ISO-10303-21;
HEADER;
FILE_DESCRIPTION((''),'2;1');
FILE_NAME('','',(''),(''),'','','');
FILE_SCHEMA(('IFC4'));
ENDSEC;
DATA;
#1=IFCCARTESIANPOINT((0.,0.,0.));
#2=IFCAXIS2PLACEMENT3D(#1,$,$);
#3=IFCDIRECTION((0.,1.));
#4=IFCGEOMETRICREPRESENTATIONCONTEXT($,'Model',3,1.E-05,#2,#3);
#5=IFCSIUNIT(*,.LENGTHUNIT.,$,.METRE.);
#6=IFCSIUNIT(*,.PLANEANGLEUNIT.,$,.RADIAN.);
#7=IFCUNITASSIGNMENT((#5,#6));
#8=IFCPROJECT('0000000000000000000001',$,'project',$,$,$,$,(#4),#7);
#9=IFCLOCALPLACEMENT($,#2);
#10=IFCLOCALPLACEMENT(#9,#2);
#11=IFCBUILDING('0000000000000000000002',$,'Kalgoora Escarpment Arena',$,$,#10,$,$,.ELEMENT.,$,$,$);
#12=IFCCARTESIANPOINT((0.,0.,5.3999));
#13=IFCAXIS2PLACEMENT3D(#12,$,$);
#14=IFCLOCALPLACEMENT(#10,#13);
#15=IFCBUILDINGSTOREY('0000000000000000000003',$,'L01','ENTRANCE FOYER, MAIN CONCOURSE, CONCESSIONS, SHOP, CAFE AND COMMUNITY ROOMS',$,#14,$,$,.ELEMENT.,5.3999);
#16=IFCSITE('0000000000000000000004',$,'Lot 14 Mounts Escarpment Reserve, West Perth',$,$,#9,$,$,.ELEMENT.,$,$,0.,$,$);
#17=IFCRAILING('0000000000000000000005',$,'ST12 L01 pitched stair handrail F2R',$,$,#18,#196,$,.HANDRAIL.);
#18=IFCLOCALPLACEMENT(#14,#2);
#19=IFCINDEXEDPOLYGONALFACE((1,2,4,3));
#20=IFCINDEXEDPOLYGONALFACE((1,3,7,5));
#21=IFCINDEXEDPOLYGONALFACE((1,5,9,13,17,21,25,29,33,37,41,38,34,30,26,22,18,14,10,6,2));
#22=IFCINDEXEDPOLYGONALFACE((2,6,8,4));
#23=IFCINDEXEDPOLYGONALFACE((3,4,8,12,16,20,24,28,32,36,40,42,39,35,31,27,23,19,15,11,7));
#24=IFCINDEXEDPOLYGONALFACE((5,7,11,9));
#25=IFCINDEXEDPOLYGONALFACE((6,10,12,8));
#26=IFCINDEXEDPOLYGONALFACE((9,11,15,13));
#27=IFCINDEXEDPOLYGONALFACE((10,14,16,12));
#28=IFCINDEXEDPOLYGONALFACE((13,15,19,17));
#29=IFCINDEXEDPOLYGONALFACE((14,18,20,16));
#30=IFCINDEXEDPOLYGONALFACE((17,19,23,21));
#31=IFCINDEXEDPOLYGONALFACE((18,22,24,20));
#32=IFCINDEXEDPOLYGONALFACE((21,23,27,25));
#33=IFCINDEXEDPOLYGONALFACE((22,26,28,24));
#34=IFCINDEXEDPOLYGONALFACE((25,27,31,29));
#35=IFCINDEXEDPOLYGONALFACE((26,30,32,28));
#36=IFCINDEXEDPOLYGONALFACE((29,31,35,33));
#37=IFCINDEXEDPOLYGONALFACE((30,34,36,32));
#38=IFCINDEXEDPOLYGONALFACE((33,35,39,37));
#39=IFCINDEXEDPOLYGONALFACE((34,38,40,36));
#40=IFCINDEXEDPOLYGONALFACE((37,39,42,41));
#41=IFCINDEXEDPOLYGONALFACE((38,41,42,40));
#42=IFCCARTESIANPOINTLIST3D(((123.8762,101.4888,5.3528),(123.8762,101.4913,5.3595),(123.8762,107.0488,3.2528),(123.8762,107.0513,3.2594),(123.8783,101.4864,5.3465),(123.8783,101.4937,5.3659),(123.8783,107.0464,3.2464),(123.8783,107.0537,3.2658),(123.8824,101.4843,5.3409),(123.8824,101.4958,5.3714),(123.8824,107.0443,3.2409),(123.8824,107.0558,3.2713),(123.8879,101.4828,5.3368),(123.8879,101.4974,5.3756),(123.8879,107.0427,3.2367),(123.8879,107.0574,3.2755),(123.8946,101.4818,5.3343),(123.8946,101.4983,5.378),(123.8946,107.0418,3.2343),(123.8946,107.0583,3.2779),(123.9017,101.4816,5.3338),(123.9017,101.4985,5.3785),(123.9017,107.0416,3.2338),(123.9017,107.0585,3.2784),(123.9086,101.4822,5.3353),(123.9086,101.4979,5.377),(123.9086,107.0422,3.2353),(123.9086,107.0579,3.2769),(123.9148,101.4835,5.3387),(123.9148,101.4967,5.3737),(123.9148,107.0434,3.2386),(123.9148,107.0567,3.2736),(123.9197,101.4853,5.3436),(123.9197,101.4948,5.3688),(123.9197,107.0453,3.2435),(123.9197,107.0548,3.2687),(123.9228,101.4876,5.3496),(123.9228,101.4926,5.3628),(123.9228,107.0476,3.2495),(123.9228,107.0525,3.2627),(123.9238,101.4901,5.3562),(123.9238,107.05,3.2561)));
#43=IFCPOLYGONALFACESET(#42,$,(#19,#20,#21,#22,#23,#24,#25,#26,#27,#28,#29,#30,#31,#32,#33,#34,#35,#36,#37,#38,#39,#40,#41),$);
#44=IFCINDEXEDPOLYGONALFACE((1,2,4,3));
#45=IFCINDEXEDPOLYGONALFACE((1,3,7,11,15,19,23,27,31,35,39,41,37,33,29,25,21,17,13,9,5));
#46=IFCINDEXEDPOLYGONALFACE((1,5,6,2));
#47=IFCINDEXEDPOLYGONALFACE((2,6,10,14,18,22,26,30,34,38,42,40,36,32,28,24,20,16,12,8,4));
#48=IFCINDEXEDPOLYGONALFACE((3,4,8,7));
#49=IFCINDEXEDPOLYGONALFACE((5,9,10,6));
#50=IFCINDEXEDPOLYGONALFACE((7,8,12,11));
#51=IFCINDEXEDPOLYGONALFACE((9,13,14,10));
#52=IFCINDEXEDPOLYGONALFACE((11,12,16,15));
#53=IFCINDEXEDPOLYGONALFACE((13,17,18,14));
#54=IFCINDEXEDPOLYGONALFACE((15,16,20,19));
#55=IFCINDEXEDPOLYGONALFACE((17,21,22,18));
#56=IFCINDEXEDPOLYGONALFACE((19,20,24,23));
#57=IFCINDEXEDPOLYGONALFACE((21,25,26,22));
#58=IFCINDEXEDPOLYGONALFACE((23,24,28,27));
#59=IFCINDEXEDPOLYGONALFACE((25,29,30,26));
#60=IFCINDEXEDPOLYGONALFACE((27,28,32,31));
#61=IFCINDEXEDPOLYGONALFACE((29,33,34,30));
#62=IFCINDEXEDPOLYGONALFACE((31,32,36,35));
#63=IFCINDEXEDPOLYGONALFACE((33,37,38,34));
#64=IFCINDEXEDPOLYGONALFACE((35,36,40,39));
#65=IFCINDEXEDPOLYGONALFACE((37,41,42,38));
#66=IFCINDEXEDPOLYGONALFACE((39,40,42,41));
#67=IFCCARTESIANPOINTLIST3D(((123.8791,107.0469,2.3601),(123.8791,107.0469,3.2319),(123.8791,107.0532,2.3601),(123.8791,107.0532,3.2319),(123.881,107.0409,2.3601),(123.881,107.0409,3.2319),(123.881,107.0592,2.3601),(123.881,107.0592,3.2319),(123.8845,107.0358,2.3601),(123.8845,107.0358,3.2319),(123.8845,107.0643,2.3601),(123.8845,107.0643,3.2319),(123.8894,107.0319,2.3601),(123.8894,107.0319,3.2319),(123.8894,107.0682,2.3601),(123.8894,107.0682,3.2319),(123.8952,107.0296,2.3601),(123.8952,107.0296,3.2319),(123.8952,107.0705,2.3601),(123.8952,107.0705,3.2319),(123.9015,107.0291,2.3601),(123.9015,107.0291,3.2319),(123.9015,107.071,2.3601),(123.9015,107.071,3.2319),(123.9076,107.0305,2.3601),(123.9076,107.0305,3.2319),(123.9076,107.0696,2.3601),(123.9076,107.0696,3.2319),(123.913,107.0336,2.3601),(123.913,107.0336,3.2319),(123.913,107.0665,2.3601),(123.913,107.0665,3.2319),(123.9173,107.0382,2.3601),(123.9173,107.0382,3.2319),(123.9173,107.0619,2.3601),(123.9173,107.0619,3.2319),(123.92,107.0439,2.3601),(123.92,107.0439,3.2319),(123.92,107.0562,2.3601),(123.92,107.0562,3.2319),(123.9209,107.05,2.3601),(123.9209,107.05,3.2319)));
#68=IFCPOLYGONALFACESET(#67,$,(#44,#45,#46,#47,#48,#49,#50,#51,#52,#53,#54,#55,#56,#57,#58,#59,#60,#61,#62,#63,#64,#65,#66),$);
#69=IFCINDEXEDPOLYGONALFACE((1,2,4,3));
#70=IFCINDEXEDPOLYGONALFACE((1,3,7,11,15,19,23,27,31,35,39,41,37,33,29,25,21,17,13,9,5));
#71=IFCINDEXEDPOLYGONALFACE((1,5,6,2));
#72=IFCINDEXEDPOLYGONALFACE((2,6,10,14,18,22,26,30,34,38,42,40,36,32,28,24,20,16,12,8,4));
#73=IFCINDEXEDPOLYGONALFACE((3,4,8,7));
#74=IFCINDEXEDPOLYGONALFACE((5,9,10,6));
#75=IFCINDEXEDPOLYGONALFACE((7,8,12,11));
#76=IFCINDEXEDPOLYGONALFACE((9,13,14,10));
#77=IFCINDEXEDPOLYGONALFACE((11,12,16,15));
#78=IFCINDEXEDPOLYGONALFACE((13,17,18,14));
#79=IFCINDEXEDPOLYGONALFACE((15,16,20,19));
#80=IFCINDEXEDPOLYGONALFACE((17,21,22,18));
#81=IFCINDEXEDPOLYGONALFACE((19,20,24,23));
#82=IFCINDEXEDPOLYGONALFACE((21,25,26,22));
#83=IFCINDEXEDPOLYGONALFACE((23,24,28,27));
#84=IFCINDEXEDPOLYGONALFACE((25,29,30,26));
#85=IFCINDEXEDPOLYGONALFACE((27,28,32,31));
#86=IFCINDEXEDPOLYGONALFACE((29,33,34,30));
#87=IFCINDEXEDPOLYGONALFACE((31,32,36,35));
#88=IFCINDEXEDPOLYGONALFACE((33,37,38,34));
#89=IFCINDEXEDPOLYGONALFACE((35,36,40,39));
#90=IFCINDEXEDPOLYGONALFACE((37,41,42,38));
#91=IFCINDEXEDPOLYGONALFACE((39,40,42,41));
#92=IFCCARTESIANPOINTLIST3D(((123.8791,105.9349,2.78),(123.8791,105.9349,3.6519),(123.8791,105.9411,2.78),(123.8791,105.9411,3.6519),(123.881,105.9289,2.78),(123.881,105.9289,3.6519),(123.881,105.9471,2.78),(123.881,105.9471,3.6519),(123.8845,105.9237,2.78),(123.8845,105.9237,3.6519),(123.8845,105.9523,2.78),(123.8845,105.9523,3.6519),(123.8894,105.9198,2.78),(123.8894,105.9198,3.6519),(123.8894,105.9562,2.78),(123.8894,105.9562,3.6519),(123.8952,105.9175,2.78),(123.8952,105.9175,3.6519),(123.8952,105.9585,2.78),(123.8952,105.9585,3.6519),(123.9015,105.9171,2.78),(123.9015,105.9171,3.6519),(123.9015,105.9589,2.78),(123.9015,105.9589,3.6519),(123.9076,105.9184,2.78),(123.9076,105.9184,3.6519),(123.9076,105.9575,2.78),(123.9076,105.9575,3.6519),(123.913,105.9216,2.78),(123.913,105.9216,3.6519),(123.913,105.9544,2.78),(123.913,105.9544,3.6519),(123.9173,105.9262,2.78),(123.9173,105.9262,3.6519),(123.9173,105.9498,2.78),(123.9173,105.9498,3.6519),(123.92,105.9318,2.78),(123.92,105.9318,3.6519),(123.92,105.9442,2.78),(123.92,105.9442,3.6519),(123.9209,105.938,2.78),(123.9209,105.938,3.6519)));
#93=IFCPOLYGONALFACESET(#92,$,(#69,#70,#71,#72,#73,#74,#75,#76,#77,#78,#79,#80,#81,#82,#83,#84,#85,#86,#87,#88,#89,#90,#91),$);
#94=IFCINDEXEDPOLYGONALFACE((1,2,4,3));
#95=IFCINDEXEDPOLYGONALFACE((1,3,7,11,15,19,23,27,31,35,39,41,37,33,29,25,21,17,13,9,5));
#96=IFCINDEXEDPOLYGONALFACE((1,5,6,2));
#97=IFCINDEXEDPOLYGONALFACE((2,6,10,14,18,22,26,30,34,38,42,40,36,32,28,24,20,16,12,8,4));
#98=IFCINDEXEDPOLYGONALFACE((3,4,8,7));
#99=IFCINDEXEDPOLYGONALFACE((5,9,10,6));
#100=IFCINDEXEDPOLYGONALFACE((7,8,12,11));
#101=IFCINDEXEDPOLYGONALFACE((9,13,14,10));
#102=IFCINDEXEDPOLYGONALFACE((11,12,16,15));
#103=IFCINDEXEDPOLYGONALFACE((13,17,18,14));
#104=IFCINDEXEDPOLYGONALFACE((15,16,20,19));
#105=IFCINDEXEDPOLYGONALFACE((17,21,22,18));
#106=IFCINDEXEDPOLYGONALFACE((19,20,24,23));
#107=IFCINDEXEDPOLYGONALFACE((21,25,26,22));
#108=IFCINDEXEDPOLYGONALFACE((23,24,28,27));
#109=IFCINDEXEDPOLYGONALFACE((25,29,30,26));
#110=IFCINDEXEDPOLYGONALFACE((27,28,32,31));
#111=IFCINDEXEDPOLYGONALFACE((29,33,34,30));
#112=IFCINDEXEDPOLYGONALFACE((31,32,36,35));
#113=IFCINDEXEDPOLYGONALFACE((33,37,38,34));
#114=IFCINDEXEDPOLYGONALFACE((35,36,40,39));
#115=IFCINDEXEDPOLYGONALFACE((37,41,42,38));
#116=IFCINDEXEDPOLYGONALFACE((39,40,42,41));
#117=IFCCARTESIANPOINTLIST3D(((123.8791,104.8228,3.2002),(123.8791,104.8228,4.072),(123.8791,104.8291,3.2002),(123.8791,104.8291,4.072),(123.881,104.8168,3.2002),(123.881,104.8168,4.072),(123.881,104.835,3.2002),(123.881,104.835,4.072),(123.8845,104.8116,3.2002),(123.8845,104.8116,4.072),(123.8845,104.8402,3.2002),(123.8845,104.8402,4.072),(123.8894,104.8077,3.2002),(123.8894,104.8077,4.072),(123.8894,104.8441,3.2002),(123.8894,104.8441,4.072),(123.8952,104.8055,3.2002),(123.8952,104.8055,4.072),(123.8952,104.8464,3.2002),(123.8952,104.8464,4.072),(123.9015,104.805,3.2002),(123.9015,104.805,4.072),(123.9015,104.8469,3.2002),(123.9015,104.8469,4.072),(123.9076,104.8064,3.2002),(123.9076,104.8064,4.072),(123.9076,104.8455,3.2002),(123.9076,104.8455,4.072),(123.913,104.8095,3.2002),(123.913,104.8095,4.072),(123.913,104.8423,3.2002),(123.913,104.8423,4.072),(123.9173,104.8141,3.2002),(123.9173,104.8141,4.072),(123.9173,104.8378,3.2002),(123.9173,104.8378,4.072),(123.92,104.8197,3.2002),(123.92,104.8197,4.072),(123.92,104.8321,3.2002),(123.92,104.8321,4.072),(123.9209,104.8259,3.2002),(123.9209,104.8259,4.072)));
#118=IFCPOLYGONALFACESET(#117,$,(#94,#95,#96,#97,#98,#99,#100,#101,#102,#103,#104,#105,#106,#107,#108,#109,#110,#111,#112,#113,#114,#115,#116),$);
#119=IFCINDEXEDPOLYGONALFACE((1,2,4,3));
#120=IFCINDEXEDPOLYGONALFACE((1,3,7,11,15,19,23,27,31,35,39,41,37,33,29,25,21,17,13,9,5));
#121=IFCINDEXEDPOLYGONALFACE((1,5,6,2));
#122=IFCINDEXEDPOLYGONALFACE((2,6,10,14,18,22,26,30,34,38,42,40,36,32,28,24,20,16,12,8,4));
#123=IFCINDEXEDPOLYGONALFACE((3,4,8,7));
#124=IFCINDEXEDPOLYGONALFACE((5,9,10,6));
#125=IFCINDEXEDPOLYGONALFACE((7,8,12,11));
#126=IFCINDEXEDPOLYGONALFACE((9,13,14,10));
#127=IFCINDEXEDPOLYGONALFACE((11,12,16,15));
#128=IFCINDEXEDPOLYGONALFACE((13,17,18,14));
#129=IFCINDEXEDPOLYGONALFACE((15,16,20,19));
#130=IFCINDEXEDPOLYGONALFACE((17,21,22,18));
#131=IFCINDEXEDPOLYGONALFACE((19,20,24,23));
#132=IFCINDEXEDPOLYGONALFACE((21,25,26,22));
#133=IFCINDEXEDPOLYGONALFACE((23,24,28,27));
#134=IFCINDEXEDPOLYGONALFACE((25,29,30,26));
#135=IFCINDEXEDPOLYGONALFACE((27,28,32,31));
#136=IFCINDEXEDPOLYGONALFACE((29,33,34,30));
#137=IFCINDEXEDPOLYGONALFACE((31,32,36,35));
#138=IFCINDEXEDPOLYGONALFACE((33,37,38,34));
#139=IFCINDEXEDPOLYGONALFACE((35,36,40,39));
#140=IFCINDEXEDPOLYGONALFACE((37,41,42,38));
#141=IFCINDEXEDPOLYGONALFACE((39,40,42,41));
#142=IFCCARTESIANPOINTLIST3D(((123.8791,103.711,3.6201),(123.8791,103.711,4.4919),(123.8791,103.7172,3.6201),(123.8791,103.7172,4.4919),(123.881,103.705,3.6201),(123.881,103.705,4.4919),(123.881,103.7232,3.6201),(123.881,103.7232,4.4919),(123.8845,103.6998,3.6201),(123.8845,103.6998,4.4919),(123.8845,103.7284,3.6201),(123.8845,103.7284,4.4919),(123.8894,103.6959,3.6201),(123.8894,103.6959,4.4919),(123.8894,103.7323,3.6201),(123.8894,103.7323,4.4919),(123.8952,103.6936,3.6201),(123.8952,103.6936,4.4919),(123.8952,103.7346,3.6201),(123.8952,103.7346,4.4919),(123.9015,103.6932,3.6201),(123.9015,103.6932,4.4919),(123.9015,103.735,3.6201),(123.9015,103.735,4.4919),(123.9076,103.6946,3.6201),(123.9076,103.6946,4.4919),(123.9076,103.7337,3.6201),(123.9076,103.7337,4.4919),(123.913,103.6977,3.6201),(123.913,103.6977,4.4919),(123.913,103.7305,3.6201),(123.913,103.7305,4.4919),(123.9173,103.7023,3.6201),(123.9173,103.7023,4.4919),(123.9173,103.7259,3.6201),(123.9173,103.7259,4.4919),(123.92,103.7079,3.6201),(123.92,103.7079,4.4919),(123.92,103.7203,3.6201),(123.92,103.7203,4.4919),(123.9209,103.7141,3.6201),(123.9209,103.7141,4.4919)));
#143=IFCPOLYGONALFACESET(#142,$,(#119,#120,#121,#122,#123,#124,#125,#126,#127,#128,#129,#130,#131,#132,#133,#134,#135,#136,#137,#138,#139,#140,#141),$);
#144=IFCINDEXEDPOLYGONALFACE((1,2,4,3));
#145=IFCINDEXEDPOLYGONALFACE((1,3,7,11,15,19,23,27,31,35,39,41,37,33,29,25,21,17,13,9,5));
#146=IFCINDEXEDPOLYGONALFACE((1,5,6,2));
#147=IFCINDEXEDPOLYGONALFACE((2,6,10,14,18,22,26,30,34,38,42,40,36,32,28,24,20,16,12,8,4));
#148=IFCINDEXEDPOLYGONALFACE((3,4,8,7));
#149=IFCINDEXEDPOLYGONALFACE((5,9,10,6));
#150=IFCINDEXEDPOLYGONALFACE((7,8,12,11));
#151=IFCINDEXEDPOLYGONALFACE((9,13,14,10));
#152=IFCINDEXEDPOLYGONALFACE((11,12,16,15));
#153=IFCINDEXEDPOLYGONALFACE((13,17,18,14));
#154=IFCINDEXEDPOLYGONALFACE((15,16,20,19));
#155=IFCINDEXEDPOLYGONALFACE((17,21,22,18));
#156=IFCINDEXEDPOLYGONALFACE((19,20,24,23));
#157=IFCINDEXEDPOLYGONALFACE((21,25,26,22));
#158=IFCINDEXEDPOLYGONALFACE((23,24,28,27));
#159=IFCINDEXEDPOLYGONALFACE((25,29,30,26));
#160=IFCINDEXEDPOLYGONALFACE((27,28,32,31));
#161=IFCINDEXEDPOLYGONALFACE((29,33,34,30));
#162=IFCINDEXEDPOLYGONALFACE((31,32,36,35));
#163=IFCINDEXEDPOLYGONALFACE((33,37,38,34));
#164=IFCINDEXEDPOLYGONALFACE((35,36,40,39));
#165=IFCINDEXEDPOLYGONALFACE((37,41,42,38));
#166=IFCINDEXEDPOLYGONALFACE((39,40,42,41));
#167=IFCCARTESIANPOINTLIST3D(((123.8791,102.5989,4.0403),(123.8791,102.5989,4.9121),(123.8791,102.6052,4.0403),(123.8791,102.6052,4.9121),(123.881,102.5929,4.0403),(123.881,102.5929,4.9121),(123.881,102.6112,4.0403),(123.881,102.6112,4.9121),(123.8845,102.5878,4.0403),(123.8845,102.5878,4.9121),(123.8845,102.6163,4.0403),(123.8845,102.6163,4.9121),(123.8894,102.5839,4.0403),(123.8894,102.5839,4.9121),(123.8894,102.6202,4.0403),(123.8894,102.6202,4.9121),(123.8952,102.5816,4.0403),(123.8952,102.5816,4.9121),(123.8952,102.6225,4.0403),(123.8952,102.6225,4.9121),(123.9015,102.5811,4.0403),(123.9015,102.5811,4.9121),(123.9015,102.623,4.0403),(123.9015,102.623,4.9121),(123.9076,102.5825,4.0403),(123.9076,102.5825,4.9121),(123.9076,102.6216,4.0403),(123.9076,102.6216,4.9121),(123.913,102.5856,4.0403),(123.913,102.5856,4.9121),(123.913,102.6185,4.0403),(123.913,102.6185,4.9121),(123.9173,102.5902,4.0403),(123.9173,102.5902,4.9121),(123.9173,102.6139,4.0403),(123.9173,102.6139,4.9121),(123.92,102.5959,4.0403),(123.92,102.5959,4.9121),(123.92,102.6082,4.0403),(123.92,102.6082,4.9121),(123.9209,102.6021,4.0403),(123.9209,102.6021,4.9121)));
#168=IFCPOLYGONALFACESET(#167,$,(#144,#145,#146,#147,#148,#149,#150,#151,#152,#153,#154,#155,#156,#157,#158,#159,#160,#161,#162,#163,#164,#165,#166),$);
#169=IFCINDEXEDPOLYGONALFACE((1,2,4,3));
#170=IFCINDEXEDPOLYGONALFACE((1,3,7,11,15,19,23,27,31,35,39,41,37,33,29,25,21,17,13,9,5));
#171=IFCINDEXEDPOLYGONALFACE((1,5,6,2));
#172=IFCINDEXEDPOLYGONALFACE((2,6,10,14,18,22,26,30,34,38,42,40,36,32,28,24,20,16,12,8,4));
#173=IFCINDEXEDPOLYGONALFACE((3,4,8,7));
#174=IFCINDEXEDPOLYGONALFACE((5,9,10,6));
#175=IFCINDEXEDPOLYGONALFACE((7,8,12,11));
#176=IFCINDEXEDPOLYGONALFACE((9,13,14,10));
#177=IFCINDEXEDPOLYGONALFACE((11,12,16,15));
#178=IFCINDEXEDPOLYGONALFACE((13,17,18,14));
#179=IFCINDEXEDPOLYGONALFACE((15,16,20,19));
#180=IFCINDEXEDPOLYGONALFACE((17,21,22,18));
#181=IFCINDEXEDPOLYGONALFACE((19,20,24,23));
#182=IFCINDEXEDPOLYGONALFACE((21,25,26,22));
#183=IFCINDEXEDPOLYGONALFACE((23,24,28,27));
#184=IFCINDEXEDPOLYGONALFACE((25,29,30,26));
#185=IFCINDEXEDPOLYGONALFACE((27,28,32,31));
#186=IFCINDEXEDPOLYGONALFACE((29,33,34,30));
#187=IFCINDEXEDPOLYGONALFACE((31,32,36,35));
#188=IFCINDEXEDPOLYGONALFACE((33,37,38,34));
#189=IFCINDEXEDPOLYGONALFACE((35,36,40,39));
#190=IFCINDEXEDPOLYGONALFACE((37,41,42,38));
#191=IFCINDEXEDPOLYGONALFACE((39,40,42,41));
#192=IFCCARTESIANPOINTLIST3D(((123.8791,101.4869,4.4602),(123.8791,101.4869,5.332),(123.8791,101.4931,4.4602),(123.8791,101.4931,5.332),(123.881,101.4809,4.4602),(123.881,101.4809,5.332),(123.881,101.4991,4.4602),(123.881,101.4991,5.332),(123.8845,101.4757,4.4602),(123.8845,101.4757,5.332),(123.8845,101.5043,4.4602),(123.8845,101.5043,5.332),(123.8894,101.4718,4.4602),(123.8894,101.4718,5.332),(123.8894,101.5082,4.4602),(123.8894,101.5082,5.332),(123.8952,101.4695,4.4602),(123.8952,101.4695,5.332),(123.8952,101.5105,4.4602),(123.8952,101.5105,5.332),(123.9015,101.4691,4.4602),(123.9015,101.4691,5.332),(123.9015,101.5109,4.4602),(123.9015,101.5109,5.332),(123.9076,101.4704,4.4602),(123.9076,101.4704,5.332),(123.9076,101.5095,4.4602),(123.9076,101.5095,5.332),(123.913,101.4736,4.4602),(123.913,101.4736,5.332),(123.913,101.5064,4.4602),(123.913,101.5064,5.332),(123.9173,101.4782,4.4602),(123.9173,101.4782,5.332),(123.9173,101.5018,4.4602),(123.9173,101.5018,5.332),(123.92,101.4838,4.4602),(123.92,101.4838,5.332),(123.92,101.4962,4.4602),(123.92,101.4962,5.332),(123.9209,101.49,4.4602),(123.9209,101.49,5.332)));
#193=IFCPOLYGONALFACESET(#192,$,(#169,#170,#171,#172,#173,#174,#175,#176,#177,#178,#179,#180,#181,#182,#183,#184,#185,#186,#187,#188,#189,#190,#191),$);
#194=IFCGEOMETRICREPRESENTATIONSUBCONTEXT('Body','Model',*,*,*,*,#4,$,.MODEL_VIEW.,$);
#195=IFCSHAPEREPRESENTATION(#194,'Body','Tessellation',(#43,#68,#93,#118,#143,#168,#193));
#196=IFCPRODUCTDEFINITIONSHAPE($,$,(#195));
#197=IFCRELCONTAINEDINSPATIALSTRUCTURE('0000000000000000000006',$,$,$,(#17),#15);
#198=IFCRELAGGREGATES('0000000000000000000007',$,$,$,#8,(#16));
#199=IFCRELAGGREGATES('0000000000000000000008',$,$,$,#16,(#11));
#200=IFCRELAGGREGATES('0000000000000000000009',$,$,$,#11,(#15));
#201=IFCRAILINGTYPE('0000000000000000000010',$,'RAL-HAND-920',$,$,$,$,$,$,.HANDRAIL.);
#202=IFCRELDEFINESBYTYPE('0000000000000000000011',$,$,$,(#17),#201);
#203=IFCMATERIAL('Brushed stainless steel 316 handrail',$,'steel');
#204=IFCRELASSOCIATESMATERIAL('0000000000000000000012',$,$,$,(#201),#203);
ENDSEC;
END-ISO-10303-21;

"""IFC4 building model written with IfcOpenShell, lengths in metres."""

from ifc_helpers import new_model, si_unit, direction, frame, origin, origin_2d, place, context, subcontext, project, spatial, circle, extrude, material, type_object, element, save


model = new_model("IFC4")

# Units and contexts
model_context = context("Model", 3, precision=1e-05, world=origin(), true_north=direction((0.0, 1.0)))
body_context = subcontext(model_context, "Body", "Model", "MODEL_VIEW")
ifc_project = project(units=[si_unit("LENGTHUNIT", "METRE"), si_unit("PLANEANGLEUNIT", "RADIAN")], contexts=[model_context])

# Site, building, storey
site_placement = place(None, origin())
site = spatial("IfcSite", under=ifc_project, at=site_placement, Name="Lot 14 Mounts Escarpment Reserve, West Perth", CompositionType="ELEMENT", RefElevation=0.0)
building_placement = place(site_placement, origin())
building = spatial("IfcBuilding", under=site, at=building_placement, Name="Kalgoora Escarpment Arena", CompositionType="ELEMENT")
storey_placement = place(building_placement, frame((0.0, 0.0, 5.3999)))
storey = spatial("IfcBuildingStorey", under=building, at=storey_placement, Name="L01", Description="ENTRANCE FOYER, MAIN CONCOURSE, CONCESSIONS, SHOP, CAFE AND COMMUNITY ROOMS", CompositionType="ELEMENT", Elevation=5.3999)

# Railing
ifc_material_1 = material(Name="Brushed stainless steel 316 handrail", Category="steel")
railing_type_1 = type_object("IfcRailingType", Name="RAL-HAND-920", PredefinedType="HANDRAIL", material=ifc_material_1)
railing_1_placement = place(storey_placement, frame((123.8999, 107.05, 2.3601)))
element("IfcRailing", 1, at=railing_1_placement, inside=storey, type_object=railing_type_1, Name="ST12 L01 pitched stair handrail F2R", PredefinedType="HANDRAIL", context=body_context, shape_type="SweptSolid", body=[
    extrude(circle(Radius=0.0239, at=origin_2d()), frame((0.0, 0.0, 0.896), z_axis=(0.0, -0.935493, 0.353346), x_axis=(1.0, 0.0, 0.0)), (0.0, 0.0, 1.0), 5.9434),
    extrude(circle(Radius=0.021, at=origin_2d()), origin(), (0.0, 0.0, 1.0), 0.8718),
    extrude(circle(Radius=0.021, at=origin_2d()), frame((0.0, -1.1121, 0.4199)), (0.0, 0.0, 1.0), 0.8718),
    extrude(circle(Radius=0.021, at=origin_2d()), frame((0.0, -2.2241, 0.8401)), (0.0, 0.0, 1.0), 0.8718),
    extrude(circle(Radius=0.021, at=origin_2d()), frame((0.0, -3.3359, 1.26)), (0.0, 0.0, 1.0), 0.8718),
    extrude(circle(Radius=0.021, at=origin_2d()), frame((0.0, -4.448, 1.6802)), (0.0, 0.0, 1.0), 0.8718),
    extrude(circle(Radius=0.021, at=origin_2d()), frame((0.0, -5.5601, 2.1001)), (0.0, 0.0, 1.0), 0.8718),
])

save(model, "model.ifc")
